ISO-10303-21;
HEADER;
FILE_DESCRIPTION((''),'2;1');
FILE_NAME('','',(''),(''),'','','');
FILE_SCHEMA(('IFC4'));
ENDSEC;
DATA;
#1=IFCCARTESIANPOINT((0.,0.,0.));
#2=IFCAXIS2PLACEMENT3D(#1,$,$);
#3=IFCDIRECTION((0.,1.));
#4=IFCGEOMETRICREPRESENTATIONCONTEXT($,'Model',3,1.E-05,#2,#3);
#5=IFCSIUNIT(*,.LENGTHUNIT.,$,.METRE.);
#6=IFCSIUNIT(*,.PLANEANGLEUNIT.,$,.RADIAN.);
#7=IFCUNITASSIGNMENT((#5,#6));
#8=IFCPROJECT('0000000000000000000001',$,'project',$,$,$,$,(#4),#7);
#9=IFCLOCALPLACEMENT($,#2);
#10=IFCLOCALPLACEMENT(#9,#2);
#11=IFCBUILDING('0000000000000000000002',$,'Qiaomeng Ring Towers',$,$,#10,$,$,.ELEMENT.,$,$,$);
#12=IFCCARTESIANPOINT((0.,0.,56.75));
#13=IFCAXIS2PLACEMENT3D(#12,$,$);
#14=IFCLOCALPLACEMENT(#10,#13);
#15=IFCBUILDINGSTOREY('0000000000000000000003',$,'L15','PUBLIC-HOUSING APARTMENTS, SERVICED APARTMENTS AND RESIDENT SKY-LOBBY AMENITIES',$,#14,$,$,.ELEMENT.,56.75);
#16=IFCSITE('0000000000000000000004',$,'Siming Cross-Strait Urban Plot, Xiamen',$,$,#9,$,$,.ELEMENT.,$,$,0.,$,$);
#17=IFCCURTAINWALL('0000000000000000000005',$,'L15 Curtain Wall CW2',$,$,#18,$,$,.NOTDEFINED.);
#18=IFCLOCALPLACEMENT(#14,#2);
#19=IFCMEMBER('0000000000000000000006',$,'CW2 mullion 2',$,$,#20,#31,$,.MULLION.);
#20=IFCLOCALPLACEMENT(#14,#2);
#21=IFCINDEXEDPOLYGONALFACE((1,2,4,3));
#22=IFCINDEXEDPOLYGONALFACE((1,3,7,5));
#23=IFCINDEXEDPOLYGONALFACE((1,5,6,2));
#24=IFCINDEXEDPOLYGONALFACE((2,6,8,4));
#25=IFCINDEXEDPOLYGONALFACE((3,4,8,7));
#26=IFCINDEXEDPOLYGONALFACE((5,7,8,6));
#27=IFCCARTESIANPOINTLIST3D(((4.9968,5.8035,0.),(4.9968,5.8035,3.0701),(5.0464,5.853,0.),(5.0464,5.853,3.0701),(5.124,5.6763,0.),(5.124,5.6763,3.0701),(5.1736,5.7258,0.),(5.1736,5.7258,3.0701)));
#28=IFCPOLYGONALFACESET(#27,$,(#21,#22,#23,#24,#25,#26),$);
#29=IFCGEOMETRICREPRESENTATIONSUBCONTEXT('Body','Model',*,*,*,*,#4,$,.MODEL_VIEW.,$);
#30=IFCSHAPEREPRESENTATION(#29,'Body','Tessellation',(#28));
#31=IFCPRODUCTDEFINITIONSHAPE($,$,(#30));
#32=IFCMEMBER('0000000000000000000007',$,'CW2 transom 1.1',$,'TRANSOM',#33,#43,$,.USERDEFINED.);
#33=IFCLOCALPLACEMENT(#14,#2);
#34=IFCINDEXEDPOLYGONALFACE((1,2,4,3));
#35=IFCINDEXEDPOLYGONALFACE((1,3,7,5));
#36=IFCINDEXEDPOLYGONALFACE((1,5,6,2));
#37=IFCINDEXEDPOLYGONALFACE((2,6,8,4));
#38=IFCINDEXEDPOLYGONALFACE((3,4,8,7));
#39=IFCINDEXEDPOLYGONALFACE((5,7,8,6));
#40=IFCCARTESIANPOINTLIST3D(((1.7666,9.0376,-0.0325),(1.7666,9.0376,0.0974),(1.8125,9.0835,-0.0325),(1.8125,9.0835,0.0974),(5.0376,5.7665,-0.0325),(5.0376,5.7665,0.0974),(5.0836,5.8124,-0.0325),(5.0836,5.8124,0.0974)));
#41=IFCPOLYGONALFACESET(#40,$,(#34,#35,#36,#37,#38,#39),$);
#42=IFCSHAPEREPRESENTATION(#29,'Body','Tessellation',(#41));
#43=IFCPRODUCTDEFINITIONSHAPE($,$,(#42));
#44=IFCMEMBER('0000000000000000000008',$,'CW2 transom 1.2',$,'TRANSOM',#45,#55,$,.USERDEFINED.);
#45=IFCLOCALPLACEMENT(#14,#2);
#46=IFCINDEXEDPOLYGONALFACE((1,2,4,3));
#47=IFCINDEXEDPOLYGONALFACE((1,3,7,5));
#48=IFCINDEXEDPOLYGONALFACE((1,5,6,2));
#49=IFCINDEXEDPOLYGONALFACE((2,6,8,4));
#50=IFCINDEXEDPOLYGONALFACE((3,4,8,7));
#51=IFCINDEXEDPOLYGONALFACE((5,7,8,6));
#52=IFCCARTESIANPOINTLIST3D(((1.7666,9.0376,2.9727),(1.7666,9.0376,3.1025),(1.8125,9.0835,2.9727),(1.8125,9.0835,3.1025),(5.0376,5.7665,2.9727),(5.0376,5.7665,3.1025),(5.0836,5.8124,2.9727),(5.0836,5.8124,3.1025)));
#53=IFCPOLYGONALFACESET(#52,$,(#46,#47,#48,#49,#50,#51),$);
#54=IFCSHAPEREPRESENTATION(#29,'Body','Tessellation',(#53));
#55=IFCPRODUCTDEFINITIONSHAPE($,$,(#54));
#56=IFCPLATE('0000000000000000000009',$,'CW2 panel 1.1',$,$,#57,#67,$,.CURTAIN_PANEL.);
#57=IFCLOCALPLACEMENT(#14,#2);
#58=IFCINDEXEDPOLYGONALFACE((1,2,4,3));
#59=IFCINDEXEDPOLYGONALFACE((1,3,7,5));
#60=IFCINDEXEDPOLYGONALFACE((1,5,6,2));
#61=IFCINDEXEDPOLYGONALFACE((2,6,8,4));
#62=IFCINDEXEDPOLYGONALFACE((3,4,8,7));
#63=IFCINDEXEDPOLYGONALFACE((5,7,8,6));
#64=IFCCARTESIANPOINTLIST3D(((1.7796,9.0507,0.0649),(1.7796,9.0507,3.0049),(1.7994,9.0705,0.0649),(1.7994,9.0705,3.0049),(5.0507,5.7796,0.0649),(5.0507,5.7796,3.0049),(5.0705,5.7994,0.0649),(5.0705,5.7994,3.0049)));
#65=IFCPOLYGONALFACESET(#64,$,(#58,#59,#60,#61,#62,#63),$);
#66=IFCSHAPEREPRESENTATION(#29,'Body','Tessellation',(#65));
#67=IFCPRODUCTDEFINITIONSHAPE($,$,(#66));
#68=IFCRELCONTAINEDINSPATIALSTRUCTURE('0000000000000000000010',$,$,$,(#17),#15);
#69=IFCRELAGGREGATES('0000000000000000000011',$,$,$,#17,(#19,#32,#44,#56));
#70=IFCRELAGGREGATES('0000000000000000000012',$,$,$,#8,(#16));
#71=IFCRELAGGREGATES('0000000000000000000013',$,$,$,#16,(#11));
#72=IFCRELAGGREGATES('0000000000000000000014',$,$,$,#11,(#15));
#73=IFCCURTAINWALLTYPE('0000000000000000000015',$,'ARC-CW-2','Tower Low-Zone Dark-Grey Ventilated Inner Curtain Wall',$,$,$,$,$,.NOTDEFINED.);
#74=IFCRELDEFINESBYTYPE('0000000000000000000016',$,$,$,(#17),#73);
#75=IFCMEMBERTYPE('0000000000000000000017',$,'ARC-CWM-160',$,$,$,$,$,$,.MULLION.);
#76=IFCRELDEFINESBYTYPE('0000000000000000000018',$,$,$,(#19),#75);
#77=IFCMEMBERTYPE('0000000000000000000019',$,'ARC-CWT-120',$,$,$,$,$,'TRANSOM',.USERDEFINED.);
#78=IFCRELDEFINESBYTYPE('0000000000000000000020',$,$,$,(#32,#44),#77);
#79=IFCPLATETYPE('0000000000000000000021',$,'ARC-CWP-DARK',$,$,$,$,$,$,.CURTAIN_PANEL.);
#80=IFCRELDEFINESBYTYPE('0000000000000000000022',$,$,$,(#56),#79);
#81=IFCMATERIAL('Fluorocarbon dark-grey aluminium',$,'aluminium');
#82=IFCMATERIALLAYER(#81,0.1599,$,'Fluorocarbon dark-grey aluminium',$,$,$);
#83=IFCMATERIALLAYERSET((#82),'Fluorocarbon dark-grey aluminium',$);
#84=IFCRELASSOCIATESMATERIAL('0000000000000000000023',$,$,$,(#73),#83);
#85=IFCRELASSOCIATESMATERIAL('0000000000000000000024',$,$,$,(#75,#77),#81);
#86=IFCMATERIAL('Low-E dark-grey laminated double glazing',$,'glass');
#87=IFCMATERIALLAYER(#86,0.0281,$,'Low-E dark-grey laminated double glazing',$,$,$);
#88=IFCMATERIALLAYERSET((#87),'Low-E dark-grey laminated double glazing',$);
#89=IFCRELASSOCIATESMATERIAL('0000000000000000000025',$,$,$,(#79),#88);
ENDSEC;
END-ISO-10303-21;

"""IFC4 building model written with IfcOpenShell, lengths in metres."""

from ifc_helpers import new_model, si_unit, direction, frame, origin, origin_2d, place, context, subcontext, project, spatial, rectangle, extrude, source, transform, mapped, material, layer, layer_set, material_profile, profile_set, type_object, element, aggregate, save


model = new_model("IFC4")

# Units and contexts
model_context = context("Model", 3, precision=1e-05, world=origin(), true_north=direction((0.0, 1.0)))
body_context = subcontext(model_context, "Body", "Model", "MODEL_VIEW")
ifc_project = project(units=[si_unit("LENGTHUNIT", "METRE"), si_unit("PLANEANGLEUNIT", "RADIAN")], contexts=[model_context])

# Site, building, storey
site_placement = place(None, origin())
site = spatial("IfcSite", under=ifc_project, at=site_placement, Name="Siming Cross-Strait Urban Plot, Xiamen", CompositionType="ELEMENT", RefElevation=0.0)
building_placement = place(site_placement, origin())
building = spatial("IfcBuilding", under=site, at=building_placement, Name="Qiaomeng Ring Towers", CompositionType="ELEMENT")
storey_placement = place(building_placement, frame((0.0, 0.0, 56.75)))
storey = spatial("IfcBuildingStorey", under=building, at=storey_placement, Name="L15", Description="PUBLIC-HOUSING APARTMENTS, SERVICED APARTMENTS AND RESIDENT SKY-LOBBY AMENITIES", CompositionType="ELEMENT", Elevation=56.75)

# Curtain wall, members, plate
ifc_material_1 = material(Name="Fluorocarbon dark-grey aluminium", Category="aluminium")
ifc_layer_1 = layer(ifc_material_1, 0.1599, Name="Fluorocarbon dark-grey aluminium")
ifc_layer_set_1 = layer_set([ifc_layer_1], Name="Fluorocarbon dark-grey aluminium")
curtain_wall_type = type_object("IfcCurtainWallType", Name="ARC-CW-2", Description="Tower Low-Zone Dark-Grey Ventilated Inner Curtain Wall", PredefinedType="NOTDEFINED", material=ifc_layer_set_1)
curtain_wall_placement = place(storey_placement, origin())
curtain_wall = element("IfcCurtainWall", 1, at=curtain_wall_placement, inside=storey, type_object=curtain_wall_type, Name="L15 Curtain Wall CW2", PredefinedType="NOTDEFINED")
ifc_material_profile_1 = material_profile(ifc_material_1, rectangle(XDim=0.0701, YDim=0.1799, at=origin_2d()), Name="ALU MULL 70x180")
ifc_profile_set_1 = profile_set([ifc_material_profile_1], Name="Fluorocarbon dark-grey aluminium")
member_type_1 = type_object("IfcMemberType", Name="ARC-CWM-160", PredefinedType="MULLION", material=ifc_profile_set_1)
shared_shape_1 = source(origin(), body_context, "Body", "SweptSolid", [
    extrude(rectangle(XDim=0.0701, YDim=0.1799, at=origin_2d()), origin(), (0.0, 0.0, 1.0), 3.0701),
])
member_1_placement = place(storey_placement, frame((5.0852, 5.7646, 0.0), z_axis=(0.0, 0.0, 1.0), x_axis=(0.707107, 0.707107, 0.0)))
member_1 = element("IfcMember", 2, at=member_1_placement, type_object=member_type_1, Name="CW2 mullion 2", PredefinedType="MULLION", context=body_context, shape_type="MappedRepresentation", body=[
    mapped(shared_shape_1, transform((0.0, 0.0, 0.0), x_axis=(1.0, 0.0, 0.0), y_axis=(0.0, 1.0, 0.0), z_axis=(0.0, 0.0, 1.0), scale=1.0)),
])
ifc_material_profile_2 = material_profile(ifc_material_1, rectangle(XDim=0.0649, YDim=0.1299, at=origin_2d()), Name="ALU TRAN 65x130")
ifc_profile_set_2 = profile_set([ifc_material_profile_2], Name="Fluorocarbon dark-grey aluminium")
member_type_2 = type_object("IfcMemberType", Name="ARC-CWT-120", ElementType="TRANSOM", PredefinedType="USERDEFINED", material=ifc_profile_set_2)
shared_shape_2 = source(origin(), body_context, "Body", "SweptSolid", [
    extrude(rectangle(XDim=0.0649, YDim=0.1299, at=origin_2d()), origin(), (0.0, 0.0, 1.0), 4.626),
])
member_2_placement = place(storey_placement, frame((1.7896, 9.0605, 0.0325), z_axis=(0.707107, -0.707107, 0.0), x_axis=(0.707107, 0.707107, 0.0)))
member_2 = element("IfcMember", 3, at=member_2_placement, type_object=member_type_2, Name="CW2 transom 1.1", ObjectType="TRANSOM", PredefinedType="USERDEFINED", context=body_context, shape_type="MappedRepresentation", body=[
    mapped(shared_shape_2, transform((0.0, 0.0, 0.0), x_axis=(1.0, 0.0, 0.0), y_axis=(0.0, 1.0, 0.0), z_axis=(0.0, 0.0, 1.0), scale=1.0)),
])
member_3_placement = place(storey_placement, frame((1.7896, 9.0605, 3.0376), z_axis=(0.707107, -0.707107, 0.0), x_axis=(0.707107, 0.707107, 0.0)))
member_3 = element("IfcMember", 4, at=member_3_placement, type_object=member_type_2, Name="CW2 transom 1.2", ObjectType="TRANSOM", PredefinedType="USERDEFINED", context=body_context, shape_type="MappedRepresentation", body=[
    mapped(shared_shape_2, transform((0.0, 0.0, 0.0), x_axis=(1.0, 0.0, 0.0), y_axis=(0.0, 1.0, 0.0), z_axis=(0.0, 0.0, 1.0), scale=1.0)),
])
ifc_material_2 = material(Name="Low-E dark-grey laminated double glazing", Category="glass")
ifc_layer_2 = layer(ifc_material_2, 0.0281, Name="Low-E dark-grey laminated double glazing")
ifc_layer_set_2 = layer_set([ifc_layer_2], Name="Low-E dark-grey laminated double glazing")
plate_type = type_object("IfcPlateType", Name="ARC-CWP-DARK", PredefinedType="CURTAIN_PANEL", material=ifc_layer_set_2)
shared_shape_3 = source(origin(), body_context, "Body", "SweptSolid", [
    extrude(rectangle(XDim=4.626, YDim=0.0281, at=origin_2d()), origin(), (0.0, 0.0, 1.0), 2.9399),
])
plate_placement = place(storey_placement, frame((3.425, 7.425, 0.0649), z_axis=(0.0, 0.0, 1.0), x_axis=(0.707107, -0.707107, 0.0)))
plate = element("IfcPlate", 5, at=plate_placement, type_object=plate_type, Name="CW2 panel 1.1", PredefinedType="CURTAIN_PANEL", context=body_context, shape_type="MappedRepresentation", body=[
    mapped(shared_shape_3, transform((0.0, 0.0, 0.0), x_axis=(1.0, 0.0, 0.0), y_axis=(0.0, 1.0, 0.0), z_axis=(0.0, 0.0, 1.0), scale=1.0)),
])
aggregate(curtain_wall, [member_1, member_2, member_3, plate])

save(model, "model.ifc")
